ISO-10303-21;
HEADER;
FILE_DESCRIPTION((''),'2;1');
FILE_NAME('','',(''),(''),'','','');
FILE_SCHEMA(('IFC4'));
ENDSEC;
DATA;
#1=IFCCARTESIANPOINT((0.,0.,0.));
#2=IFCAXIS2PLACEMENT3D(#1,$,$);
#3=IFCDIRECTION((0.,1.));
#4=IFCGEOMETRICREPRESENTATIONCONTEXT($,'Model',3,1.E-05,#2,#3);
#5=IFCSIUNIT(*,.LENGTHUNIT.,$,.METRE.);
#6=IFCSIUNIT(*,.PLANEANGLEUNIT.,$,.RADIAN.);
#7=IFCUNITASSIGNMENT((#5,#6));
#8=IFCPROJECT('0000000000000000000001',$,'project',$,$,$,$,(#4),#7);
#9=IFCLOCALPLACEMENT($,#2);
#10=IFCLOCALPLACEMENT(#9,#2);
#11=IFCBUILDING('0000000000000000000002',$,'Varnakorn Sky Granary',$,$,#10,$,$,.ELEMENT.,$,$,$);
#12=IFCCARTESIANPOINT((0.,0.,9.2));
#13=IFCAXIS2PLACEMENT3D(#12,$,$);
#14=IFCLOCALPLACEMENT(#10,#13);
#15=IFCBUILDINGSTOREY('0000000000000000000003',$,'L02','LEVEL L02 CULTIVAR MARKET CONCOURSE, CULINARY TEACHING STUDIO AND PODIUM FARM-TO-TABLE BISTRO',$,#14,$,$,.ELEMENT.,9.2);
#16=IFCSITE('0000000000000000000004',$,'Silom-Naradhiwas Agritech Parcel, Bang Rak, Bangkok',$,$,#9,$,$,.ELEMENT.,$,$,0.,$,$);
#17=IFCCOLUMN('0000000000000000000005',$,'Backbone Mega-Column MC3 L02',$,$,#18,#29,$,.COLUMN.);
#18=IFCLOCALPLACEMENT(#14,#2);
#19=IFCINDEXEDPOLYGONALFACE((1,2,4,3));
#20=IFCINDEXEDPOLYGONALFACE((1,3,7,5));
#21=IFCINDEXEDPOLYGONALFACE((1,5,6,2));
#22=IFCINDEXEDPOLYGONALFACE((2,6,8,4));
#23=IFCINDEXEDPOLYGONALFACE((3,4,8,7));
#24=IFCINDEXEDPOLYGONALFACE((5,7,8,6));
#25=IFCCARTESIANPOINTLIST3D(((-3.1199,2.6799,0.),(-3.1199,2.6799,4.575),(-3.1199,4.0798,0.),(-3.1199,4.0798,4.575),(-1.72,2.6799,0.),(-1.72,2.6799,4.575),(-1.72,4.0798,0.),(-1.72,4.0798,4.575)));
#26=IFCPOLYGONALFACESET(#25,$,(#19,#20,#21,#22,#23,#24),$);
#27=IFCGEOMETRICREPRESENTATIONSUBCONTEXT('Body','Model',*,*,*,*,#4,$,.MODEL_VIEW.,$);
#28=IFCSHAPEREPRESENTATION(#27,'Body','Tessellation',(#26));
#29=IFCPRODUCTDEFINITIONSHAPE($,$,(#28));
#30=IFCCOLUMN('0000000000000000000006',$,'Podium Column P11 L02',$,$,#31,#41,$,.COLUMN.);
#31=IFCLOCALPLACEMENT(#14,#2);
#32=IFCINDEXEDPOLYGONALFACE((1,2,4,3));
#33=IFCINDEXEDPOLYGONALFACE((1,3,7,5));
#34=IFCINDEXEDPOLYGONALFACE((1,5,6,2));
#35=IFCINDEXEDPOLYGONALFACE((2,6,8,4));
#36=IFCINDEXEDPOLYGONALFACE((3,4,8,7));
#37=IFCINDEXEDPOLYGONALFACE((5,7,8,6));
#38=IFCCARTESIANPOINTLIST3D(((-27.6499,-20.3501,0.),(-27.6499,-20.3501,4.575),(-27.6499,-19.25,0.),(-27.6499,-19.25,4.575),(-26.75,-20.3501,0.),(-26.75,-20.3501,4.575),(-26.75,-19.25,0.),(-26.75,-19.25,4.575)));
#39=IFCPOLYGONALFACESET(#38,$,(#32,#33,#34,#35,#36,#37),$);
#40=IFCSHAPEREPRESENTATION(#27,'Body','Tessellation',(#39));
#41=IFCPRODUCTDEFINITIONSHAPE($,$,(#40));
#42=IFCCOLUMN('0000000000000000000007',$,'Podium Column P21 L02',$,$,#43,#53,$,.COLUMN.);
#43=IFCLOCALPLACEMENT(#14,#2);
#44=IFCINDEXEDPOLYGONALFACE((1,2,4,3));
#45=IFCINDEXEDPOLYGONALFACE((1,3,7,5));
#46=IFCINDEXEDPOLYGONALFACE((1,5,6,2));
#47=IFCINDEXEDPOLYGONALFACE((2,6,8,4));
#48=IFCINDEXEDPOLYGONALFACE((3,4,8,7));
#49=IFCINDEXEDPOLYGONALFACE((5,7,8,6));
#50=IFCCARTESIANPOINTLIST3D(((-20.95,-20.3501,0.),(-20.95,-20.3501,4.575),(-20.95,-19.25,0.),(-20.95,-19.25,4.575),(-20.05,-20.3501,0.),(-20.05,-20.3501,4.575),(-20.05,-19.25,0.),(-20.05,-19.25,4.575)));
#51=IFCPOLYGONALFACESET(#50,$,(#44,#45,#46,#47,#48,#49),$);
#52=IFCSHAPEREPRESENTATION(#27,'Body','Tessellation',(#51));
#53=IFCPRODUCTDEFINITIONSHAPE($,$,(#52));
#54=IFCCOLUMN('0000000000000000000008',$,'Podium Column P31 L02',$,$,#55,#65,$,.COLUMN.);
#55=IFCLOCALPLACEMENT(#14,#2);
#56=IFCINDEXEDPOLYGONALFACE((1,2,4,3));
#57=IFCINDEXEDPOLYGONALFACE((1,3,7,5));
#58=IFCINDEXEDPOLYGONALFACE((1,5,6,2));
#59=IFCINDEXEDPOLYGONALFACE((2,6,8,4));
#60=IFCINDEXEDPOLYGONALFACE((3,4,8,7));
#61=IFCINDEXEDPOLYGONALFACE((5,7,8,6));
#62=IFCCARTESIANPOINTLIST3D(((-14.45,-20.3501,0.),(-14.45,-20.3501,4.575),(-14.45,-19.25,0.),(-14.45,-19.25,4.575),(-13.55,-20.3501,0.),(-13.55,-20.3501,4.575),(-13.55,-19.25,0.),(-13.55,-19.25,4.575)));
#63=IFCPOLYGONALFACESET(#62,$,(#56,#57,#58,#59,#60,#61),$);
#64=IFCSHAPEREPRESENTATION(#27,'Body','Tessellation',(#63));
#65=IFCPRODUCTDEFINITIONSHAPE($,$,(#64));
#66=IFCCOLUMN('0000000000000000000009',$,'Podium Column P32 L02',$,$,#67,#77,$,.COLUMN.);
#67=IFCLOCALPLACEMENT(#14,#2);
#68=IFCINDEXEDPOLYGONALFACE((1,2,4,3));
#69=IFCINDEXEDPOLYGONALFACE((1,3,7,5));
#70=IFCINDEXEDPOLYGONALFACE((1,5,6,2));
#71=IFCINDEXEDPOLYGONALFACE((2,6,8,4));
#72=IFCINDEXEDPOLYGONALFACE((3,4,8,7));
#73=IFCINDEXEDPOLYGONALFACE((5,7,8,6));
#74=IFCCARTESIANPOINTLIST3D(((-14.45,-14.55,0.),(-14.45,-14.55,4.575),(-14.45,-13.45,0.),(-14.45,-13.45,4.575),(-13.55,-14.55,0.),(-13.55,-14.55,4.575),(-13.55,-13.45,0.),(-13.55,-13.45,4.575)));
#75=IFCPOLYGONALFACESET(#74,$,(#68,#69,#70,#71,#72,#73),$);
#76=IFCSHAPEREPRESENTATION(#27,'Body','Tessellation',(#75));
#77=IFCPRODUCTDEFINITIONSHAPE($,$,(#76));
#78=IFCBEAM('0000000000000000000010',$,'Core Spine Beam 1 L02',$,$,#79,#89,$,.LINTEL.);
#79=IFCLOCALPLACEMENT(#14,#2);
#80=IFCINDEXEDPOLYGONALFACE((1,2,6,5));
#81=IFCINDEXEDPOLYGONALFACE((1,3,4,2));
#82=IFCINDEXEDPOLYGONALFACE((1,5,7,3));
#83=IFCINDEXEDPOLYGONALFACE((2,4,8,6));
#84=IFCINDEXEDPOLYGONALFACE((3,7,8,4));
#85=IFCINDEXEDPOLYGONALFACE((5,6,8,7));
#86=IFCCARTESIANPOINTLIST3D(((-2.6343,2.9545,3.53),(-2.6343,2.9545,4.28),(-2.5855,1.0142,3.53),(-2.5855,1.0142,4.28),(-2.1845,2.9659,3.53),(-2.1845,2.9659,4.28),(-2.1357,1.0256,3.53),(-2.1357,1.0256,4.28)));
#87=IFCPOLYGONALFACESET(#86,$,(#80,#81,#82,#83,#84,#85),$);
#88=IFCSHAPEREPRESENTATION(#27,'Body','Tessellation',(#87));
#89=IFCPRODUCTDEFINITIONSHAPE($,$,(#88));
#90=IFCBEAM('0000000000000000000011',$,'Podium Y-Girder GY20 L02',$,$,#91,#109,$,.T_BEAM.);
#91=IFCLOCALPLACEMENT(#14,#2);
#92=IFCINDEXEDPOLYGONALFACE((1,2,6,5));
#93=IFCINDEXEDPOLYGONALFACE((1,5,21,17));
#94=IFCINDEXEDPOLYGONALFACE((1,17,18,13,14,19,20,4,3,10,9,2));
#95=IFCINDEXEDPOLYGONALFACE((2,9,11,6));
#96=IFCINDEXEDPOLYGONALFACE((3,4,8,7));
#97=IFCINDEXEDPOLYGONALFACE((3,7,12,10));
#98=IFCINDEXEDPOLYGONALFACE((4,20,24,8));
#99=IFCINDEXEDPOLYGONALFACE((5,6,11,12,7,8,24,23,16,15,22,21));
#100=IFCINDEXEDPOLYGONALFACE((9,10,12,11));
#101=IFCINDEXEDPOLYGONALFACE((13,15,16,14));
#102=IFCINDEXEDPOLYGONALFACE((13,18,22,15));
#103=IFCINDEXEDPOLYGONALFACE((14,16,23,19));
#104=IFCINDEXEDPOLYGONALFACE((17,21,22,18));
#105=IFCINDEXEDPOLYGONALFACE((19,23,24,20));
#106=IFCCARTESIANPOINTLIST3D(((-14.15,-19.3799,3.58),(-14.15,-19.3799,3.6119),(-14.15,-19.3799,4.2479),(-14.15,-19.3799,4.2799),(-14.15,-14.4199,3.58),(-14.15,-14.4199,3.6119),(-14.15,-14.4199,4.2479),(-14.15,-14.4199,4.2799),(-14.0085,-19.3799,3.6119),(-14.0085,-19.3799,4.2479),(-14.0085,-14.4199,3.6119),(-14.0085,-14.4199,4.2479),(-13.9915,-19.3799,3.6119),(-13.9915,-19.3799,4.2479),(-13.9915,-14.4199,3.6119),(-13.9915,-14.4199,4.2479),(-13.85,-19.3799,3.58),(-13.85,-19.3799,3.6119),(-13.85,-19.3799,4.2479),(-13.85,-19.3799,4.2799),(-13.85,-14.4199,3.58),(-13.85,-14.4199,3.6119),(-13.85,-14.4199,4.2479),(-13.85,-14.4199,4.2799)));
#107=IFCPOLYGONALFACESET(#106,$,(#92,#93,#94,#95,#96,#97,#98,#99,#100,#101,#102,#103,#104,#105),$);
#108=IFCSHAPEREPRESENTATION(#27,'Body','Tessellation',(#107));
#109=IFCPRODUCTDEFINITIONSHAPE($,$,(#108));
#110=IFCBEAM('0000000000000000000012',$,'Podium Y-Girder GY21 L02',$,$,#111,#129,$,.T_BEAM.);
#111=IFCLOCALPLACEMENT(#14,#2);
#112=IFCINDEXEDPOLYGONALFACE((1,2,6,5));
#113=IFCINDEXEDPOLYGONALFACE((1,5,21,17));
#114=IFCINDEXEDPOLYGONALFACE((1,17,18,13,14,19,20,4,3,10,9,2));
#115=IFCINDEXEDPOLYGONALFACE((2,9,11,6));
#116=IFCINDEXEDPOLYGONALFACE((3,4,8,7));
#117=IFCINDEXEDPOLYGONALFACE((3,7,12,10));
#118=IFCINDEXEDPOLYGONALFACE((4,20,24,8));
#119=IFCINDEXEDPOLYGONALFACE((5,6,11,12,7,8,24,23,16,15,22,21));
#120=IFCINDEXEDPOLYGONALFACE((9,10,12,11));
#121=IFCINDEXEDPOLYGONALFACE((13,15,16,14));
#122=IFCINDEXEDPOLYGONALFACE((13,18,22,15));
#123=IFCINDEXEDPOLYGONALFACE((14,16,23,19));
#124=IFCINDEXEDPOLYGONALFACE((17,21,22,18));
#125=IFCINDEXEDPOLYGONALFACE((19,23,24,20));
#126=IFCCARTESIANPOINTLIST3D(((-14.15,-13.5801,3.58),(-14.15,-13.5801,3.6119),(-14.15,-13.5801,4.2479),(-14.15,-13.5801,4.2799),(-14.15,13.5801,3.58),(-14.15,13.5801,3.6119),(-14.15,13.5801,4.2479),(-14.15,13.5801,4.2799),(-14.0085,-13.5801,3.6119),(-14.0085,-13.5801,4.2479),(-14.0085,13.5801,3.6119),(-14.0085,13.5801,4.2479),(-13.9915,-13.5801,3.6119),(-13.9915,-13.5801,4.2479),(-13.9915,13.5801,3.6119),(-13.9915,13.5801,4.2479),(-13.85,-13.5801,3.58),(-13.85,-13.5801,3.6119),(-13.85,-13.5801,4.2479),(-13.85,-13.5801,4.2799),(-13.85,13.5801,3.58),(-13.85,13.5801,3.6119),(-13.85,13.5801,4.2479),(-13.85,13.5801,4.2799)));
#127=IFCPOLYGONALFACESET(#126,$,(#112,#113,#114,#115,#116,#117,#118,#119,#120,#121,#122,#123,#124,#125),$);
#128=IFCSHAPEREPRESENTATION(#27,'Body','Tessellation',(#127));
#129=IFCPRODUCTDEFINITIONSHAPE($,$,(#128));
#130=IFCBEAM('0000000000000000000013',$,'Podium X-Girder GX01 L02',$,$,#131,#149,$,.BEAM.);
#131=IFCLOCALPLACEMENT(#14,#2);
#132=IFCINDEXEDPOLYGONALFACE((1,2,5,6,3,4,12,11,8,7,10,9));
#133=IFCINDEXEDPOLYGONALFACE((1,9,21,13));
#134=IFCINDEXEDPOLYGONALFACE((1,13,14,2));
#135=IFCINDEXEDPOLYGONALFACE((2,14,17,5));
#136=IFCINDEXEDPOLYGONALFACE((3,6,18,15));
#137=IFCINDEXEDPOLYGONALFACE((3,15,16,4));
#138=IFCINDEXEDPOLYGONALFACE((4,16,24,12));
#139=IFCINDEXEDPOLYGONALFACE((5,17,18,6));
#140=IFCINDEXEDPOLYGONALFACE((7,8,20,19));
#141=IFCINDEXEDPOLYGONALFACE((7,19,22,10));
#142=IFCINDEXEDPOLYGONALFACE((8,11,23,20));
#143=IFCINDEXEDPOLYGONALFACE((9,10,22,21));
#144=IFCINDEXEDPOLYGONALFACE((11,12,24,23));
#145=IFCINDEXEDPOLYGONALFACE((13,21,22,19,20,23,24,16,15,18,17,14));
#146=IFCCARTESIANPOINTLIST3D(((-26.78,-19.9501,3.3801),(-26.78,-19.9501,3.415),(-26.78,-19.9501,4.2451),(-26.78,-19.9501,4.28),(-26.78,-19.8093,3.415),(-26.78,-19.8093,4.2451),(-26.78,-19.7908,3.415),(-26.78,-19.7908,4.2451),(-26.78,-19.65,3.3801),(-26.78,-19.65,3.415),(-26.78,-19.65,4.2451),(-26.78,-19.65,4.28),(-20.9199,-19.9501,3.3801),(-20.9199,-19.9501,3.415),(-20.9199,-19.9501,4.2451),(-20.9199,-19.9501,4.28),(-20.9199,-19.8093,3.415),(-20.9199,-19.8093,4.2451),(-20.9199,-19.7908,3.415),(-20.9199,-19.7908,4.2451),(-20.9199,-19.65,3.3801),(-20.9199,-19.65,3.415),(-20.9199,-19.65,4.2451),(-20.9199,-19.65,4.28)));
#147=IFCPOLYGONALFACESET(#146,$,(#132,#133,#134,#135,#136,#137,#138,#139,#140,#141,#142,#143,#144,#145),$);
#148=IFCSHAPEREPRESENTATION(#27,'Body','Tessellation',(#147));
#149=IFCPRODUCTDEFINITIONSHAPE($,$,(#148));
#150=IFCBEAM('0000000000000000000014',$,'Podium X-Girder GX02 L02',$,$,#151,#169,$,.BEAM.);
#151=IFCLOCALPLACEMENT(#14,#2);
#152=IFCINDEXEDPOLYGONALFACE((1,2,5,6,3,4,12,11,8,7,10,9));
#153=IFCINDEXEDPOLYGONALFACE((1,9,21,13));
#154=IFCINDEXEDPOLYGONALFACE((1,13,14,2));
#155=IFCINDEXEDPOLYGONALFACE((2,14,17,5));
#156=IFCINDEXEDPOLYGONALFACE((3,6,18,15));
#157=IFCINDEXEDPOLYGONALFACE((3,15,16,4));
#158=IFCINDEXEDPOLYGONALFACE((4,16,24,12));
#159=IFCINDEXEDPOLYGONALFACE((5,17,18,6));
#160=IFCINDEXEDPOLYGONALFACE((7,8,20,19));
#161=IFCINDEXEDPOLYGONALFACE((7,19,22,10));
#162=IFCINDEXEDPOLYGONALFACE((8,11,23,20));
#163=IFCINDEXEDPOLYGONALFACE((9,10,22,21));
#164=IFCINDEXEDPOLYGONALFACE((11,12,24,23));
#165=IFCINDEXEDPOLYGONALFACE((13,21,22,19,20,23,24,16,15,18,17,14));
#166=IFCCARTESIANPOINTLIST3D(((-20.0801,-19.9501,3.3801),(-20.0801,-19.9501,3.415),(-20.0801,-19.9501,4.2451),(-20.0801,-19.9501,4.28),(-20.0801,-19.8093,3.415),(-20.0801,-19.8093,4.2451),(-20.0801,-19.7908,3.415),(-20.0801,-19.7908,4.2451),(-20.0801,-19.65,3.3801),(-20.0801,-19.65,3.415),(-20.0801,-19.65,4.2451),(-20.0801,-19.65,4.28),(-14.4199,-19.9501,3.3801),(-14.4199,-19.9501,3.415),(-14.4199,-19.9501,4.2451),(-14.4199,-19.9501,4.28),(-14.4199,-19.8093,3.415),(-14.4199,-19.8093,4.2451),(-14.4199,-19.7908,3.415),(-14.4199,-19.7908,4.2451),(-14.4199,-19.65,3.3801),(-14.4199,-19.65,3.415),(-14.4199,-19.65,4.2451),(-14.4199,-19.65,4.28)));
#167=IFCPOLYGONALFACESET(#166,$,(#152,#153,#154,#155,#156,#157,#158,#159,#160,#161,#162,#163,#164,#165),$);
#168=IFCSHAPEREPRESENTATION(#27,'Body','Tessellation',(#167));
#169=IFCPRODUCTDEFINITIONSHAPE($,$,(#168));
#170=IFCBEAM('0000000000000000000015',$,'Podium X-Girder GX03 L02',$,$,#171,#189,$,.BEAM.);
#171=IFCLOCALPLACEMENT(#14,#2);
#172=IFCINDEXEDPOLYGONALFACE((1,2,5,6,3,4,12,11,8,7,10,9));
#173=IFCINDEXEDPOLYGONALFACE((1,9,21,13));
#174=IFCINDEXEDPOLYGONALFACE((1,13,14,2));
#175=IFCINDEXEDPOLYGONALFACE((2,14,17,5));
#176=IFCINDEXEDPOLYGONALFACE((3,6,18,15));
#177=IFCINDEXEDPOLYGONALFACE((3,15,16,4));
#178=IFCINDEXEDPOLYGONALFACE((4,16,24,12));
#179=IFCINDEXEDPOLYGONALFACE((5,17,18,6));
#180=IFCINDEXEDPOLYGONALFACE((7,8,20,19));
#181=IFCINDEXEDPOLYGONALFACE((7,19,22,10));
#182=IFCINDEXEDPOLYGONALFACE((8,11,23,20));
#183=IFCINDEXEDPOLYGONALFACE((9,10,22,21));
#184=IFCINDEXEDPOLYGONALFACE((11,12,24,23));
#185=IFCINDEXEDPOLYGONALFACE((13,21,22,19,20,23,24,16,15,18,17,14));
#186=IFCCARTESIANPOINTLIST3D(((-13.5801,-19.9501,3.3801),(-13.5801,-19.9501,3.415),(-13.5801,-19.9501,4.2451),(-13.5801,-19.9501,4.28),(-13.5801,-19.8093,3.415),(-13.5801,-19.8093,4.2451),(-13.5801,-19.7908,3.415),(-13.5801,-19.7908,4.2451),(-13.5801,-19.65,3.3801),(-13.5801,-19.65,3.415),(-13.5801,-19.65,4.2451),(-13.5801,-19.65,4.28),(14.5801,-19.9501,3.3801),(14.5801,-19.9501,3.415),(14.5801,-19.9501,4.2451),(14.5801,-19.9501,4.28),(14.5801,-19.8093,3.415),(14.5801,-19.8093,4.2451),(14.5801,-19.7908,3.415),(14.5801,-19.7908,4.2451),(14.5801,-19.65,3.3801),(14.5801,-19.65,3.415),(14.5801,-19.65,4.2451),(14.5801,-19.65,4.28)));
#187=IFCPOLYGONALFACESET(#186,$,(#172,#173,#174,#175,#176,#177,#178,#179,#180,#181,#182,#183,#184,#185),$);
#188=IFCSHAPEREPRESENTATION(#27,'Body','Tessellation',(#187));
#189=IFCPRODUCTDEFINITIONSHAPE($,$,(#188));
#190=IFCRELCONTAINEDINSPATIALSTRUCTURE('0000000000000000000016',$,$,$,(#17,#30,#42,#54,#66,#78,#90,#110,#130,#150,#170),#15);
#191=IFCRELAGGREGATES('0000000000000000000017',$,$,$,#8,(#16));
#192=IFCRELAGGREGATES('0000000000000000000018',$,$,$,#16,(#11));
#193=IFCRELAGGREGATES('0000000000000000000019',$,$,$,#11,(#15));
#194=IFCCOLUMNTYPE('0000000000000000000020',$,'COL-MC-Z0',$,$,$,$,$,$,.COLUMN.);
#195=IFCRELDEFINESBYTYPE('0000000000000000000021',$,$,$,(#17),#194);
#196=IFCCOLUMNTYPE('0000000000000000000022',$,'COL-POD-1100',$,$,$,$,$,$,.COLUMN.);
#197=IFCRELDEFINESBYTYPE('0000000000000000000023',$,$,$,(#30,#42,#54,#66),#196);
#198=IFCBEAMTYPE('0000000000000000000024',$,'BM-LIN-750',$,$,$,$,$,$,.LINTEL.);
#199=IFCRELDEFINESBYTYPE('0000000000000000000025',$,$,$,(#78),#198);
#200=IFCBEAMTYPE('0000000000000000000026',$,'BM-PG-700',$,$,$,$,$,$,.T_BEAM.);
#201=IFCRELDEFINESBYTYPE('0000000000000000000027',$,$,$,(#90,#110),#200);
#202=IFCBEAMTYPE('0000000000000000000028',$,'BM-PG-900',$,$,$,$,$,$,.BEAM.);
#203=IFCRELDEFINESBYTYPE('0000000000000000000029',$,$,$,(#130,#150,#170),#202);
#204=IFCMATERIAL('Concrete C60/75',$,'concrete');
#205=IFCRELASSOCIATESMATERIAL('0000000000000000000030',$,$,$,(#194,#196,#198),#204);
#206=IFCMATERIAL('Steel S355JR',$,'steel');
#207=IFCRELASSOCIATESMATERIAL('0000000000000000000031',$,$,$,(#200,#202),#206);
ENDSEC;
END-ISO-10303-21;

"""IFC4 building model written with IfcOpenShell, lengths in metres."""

from ifc_helpers import new_model, si_unit, direction, frame, origin, origin_2d, place, context, subcontext, project, spatial, rectangle, i_section, extrude, material, material_profile, profile_set, type_object, element, save


model = new_model("IFC4")

# Units and contexts
model_context = context("Model", 3, precision=1e-05, world=origin(), true_north=direction((0.0, 1.0)))
body_context = subcontext(model_context, "Body", "Model", "MODEL_VIEW")
ifc_project = project(units=[si_unit("LENGTHUNIT", "METRE"), si_unit("PLANEANGLEUNIT", "RADIAN")], contexts=[model_context])

# Site, building, storey
site_placement = place(None, origin())
site = spatial("IfcSite", under=ifc_project, at=site_placement, Name="Silom-Naradhiwas Agritech Parcel, Bang Rak, Bangkok", CompositionType="ELEMENT", RefElevation=0.0)
building_placement = place(site_placement, origin())
building = spatial("IfcBuilding", under=site, at=building_placement, Name="Varnakorn Sky Granary", CompositionType="ELEMENT")
storey_placement = place(building_placement, frame((0.0, 0.0, 9.2)))
storey = spatial("IfcBuildingStorey", under=building, at=storey_placement, Name="L02", Description="LEVEL L02 CULTIVAR MARKET CONCOURSE, CULINARY TEACHING STUDIO AND PODIUM FARM-TO-TABLE BISTRO", CompositionType="ELEMENT", Elevation=9.2)

# Columns
ifc_material_1 = material(Name="Concrete C60/75", Category="concrete")
ifc_material_profile_1 = material_profile(ifc_material_1, rectangle(XDim=1.3999, YDim=1.3999, at=origin_2d()), Name="RC 1400x1400")
ifc_profile_set_1 = profile_set([ifc_material_profile_1], Name="Concrete C60/75")
column_type_1 = type_object("IfcColumnType", Name="COL-MC-Z0", PredefinedType="COLUMN", material=ifc_profile_set_1)
column_placement = place(storey_placement, frame((-2.4199, 3.3799, 0.0), z_axis=(0.0, 0.0, 1.0), x_axis=(1.0, 0.0, 0.0)))
element("IfcColumn", 1, at=column_placement, inside=storey, type_object=column_type_1, Name="Backbone Mega-Column MC3 L02", PredefinedType="COLUMN", context=body_context, shape_type="SweptSolid", body=[
    extrude(rectangle(XDim=1.3999, YDim=1.3999, at=origin_2d()), origin(), (0.0, 0.0, 1.0), 4.575),
])
ifc_material_profile_2 = material_profile(ifc_material_1, rectangle(XDim=0.8999, YDim=1.1001, at=origin_2d()), Name="RC 900x1100")
ifc_profile_set_2 = profile_set([ifc_material_profile_2], Name="Concrete C60/75")
column_type_2 = type_object("IfcColumnType", Name="COL-POD-1100", PredefinedType="COLUMN", material=ifc_profile_set_2)
for number, where, z_axis, x_axis, name in (
    (2, (-27.2, -19.8, 0.0), (0.0, 0.0, 1.0), (1.0, 0.0, 0.0), "Podium Column P11 L02"),
    (3, (-20.5, -19.8, 0.0), (0.0, 0.0, 1.0), (1.0, 0.0, 0.0), "Podium Column P21 L02"),
    (4, (-14.0, -19.8, 0.0), (0.0, 0.0, 1.0), (1.0, 0.0, 0.0), "Podium Column P31 L02"),
    (5, (-14.0, -14.0, 0.0), (0.0, 0.0, 1.0), (1.0, 0.0, 0.0), "Podium Column P32 L02"),
):
    element("IfcColumn", number, at=place(storey_placement, frame(where, z_axis=z_axis, x_axis=x_axis)), inside=storey, type_object=column_type_2, Name=name, PredefinedType="COLUMN", context=body_context, shape_type="SweptSolid", body=[
        extrude(rectangle(XDim=0.8999, YDim=1.1001, at=origin_2d()), origin(), (0.0, 0.0, 1.0), 4.575),
    ])

# Beams
ifc_material_profile_3 = material_profile(ifc_material_1, rectangle(XDim=0.45, YDim=0.75, at=origin_2d()), Name="RC 450x750")
ifc_profile_set_3 = profile_set([ifc_material_profile_3], Name="Concrete C60/75")
beam_type_1 = type_object("IfcBeamType", Name="BM-LIN-750", PredefinedType="LINTEL", material=ifc_profile_set_3)
beam_1_placement = place(storey_placement, frame((-2.4094, 2.9602, 3.905), z_axis=(0.025159, -0.999683, 0.0), x_axis=(0.999683, 0.025159, 0.0)))
element("IfcBeam", 6, at=beam_1_placement, inside=storey, type_object=beam_type_1, Name="Core Spine Beam 1 L02", PredefinedType="LINTEL", context=body_context, shape_type="SweptSolid", body=[
    extrude(rectangle(XDim=0.45, YDim=0.75, at=origin_2d()), origin(), (0.0, 0.0, 1.0), 1.9409),
])
ifc_material_2 = material(Name="Steel S355JR", Category="steel")
ifc_material_profile_4 = material_profile(ifc_material_2, i_section(OverallWidth=0.3, OverallDepth=0.7, WebThickness=0.0171, FlangeThickness=0.032, at=origin_2d()), Name="HE 700 B")
ifc_profile_set_4 = profile_set([ifc_material_profile_4], Name="Steel S355JR")
beam_type_2 = type_object("IfcBeamType", Name="BM-PG-700", PredefinedType="T_BEAM", material=ifc_profile_set_4)
beam_2_placement = place(storey_placement, frame((-14.0, -19.3799, 3.9299), z_axis=(0.0, 1.0, 0.0), x_axis=(-1.0, 0.0, 0.0)))
element("IfcBeam", 7, at=beam_2_placement, inside=storey, type_object=beam_type_2, Name="Podium Y-Girder GY20 L02", PredefinedType="T_BEAM", context=body_context, shape_type="SweptSolid", body=[
    extrude(i_section(OverallWidth=0.3, OverallDepth=0.7, WebThickness=0.0171, FlangeThickness=0.032, at=origin_2d()), origin(), (0.0, 0.0, 1.0), 4.96),
])
beam_3_placement = place(storey_placement, frame((-14.0, -13.5801, 3.9299), z_axis=(0.0, 1.0, 0.0), x_axis=(-1.0, 0.0, 0.0)))
element("IfcBeam", 8, at=beam_3_placement, inside=storey, type_object=beam_type_2, Name="Podium Y-Girder GY21 L02", PredefinedType="T_BEAM", context=body_context, shape_type="SweptSolid", body=[
    extrude(i_section(OverallWidth=0.3, OverallDepth=0.7, WebThickness=0.0171, FlangeThickness=0.032, at=origin_2d()), origin(), (0.0, 0.0, 1.0), 27.1602),
])
ifc_material_profile_5 = material_profile(ifc_material_2, i_section(OverallWidth=0.3, OverallDepth=0.8999, WebThickness=0.0186, FlangeThickness=0.0349, at=origin_2d()), Name="HE 900 B")
ifc_profile_set_5 = profile_set([ifc_material_profile_5], Name="Steel S355JR")
beam_type_3 = type_object("IfcBeamType", Name="BM-PG-900", PredefinedType="BEAM", material=ifc_profile_set_5)
beam_4_placement = place(storey_placement, frame((-26.78, -19.8, 3.8301), z_axis=(1.0, 0.0, 0.0), x_axis=(0.0, 1.0, 0.0)))
element("IfcBeam", 9, at=beam_4_placement, inside=storey, type_object=beam_type_3, Name="Podium X-Girder GX01 L02", PredefinedType="BEAM", context=body_context, shape_type="SweptSolid", body=[
    extrude(i_section(OverallWidth=0.3, OverallDepth=0.8999, WebThickness=0.0186, FlangeThickness=0.0349, at=origin_2d()), origin(), (0.0, 0.0, 1.0), 5.8601),
])
beam_5_placement = place(storey_placement, frame((-20.0801, -19.8, 3.8301), z_axis=(1.0, 0.0, 0.0), x_axis=(0.0, 1.0, 0.0)))
element("IfcBeam", 10, at=beam_5_placement, inside=storey, type_object=beam_type_3, Name="Podium X-Girder GX02 L02", PredefinedType="BEAM", context=body_context, shape_type="SweptSolid", body=[
    extrude(i_section(OverallWidth=0.3, OverallDepth=0.8999, WebThickness=0.0186, FlangeThickness=0.0349, at=origin_2d()), origin(), (0.0, 0.0, 1.0), 5.6602),
])
for number, where, z_axis, x_axis, name in (
    (11, (-13.5801, -19.8, 3.8301), (1.0, 0.0, 0.0), (0.0, 1.0, 0.0), "Podium X-Girder GX03 L02"),
):
    element("IfcBeam", number, at=place(storey_placement, frame(where, z_axis=z_axis, x_axis=x_axis)), inside=storey, type_object=beam_type_3, Name=name, PredefinedType="BEAM", context=body_context, shape_type="SweptSolid", body=[
        extrude(i_section(OverallWidth=0.3, OverallDepth=0.8999, WebThickness=0.0186, FlangeThickness=0.0349, at=origin_2d()), origin(), (0.0, 0.0, 1.0), 28.1602),
    ])

save(model, "model.ifc")
